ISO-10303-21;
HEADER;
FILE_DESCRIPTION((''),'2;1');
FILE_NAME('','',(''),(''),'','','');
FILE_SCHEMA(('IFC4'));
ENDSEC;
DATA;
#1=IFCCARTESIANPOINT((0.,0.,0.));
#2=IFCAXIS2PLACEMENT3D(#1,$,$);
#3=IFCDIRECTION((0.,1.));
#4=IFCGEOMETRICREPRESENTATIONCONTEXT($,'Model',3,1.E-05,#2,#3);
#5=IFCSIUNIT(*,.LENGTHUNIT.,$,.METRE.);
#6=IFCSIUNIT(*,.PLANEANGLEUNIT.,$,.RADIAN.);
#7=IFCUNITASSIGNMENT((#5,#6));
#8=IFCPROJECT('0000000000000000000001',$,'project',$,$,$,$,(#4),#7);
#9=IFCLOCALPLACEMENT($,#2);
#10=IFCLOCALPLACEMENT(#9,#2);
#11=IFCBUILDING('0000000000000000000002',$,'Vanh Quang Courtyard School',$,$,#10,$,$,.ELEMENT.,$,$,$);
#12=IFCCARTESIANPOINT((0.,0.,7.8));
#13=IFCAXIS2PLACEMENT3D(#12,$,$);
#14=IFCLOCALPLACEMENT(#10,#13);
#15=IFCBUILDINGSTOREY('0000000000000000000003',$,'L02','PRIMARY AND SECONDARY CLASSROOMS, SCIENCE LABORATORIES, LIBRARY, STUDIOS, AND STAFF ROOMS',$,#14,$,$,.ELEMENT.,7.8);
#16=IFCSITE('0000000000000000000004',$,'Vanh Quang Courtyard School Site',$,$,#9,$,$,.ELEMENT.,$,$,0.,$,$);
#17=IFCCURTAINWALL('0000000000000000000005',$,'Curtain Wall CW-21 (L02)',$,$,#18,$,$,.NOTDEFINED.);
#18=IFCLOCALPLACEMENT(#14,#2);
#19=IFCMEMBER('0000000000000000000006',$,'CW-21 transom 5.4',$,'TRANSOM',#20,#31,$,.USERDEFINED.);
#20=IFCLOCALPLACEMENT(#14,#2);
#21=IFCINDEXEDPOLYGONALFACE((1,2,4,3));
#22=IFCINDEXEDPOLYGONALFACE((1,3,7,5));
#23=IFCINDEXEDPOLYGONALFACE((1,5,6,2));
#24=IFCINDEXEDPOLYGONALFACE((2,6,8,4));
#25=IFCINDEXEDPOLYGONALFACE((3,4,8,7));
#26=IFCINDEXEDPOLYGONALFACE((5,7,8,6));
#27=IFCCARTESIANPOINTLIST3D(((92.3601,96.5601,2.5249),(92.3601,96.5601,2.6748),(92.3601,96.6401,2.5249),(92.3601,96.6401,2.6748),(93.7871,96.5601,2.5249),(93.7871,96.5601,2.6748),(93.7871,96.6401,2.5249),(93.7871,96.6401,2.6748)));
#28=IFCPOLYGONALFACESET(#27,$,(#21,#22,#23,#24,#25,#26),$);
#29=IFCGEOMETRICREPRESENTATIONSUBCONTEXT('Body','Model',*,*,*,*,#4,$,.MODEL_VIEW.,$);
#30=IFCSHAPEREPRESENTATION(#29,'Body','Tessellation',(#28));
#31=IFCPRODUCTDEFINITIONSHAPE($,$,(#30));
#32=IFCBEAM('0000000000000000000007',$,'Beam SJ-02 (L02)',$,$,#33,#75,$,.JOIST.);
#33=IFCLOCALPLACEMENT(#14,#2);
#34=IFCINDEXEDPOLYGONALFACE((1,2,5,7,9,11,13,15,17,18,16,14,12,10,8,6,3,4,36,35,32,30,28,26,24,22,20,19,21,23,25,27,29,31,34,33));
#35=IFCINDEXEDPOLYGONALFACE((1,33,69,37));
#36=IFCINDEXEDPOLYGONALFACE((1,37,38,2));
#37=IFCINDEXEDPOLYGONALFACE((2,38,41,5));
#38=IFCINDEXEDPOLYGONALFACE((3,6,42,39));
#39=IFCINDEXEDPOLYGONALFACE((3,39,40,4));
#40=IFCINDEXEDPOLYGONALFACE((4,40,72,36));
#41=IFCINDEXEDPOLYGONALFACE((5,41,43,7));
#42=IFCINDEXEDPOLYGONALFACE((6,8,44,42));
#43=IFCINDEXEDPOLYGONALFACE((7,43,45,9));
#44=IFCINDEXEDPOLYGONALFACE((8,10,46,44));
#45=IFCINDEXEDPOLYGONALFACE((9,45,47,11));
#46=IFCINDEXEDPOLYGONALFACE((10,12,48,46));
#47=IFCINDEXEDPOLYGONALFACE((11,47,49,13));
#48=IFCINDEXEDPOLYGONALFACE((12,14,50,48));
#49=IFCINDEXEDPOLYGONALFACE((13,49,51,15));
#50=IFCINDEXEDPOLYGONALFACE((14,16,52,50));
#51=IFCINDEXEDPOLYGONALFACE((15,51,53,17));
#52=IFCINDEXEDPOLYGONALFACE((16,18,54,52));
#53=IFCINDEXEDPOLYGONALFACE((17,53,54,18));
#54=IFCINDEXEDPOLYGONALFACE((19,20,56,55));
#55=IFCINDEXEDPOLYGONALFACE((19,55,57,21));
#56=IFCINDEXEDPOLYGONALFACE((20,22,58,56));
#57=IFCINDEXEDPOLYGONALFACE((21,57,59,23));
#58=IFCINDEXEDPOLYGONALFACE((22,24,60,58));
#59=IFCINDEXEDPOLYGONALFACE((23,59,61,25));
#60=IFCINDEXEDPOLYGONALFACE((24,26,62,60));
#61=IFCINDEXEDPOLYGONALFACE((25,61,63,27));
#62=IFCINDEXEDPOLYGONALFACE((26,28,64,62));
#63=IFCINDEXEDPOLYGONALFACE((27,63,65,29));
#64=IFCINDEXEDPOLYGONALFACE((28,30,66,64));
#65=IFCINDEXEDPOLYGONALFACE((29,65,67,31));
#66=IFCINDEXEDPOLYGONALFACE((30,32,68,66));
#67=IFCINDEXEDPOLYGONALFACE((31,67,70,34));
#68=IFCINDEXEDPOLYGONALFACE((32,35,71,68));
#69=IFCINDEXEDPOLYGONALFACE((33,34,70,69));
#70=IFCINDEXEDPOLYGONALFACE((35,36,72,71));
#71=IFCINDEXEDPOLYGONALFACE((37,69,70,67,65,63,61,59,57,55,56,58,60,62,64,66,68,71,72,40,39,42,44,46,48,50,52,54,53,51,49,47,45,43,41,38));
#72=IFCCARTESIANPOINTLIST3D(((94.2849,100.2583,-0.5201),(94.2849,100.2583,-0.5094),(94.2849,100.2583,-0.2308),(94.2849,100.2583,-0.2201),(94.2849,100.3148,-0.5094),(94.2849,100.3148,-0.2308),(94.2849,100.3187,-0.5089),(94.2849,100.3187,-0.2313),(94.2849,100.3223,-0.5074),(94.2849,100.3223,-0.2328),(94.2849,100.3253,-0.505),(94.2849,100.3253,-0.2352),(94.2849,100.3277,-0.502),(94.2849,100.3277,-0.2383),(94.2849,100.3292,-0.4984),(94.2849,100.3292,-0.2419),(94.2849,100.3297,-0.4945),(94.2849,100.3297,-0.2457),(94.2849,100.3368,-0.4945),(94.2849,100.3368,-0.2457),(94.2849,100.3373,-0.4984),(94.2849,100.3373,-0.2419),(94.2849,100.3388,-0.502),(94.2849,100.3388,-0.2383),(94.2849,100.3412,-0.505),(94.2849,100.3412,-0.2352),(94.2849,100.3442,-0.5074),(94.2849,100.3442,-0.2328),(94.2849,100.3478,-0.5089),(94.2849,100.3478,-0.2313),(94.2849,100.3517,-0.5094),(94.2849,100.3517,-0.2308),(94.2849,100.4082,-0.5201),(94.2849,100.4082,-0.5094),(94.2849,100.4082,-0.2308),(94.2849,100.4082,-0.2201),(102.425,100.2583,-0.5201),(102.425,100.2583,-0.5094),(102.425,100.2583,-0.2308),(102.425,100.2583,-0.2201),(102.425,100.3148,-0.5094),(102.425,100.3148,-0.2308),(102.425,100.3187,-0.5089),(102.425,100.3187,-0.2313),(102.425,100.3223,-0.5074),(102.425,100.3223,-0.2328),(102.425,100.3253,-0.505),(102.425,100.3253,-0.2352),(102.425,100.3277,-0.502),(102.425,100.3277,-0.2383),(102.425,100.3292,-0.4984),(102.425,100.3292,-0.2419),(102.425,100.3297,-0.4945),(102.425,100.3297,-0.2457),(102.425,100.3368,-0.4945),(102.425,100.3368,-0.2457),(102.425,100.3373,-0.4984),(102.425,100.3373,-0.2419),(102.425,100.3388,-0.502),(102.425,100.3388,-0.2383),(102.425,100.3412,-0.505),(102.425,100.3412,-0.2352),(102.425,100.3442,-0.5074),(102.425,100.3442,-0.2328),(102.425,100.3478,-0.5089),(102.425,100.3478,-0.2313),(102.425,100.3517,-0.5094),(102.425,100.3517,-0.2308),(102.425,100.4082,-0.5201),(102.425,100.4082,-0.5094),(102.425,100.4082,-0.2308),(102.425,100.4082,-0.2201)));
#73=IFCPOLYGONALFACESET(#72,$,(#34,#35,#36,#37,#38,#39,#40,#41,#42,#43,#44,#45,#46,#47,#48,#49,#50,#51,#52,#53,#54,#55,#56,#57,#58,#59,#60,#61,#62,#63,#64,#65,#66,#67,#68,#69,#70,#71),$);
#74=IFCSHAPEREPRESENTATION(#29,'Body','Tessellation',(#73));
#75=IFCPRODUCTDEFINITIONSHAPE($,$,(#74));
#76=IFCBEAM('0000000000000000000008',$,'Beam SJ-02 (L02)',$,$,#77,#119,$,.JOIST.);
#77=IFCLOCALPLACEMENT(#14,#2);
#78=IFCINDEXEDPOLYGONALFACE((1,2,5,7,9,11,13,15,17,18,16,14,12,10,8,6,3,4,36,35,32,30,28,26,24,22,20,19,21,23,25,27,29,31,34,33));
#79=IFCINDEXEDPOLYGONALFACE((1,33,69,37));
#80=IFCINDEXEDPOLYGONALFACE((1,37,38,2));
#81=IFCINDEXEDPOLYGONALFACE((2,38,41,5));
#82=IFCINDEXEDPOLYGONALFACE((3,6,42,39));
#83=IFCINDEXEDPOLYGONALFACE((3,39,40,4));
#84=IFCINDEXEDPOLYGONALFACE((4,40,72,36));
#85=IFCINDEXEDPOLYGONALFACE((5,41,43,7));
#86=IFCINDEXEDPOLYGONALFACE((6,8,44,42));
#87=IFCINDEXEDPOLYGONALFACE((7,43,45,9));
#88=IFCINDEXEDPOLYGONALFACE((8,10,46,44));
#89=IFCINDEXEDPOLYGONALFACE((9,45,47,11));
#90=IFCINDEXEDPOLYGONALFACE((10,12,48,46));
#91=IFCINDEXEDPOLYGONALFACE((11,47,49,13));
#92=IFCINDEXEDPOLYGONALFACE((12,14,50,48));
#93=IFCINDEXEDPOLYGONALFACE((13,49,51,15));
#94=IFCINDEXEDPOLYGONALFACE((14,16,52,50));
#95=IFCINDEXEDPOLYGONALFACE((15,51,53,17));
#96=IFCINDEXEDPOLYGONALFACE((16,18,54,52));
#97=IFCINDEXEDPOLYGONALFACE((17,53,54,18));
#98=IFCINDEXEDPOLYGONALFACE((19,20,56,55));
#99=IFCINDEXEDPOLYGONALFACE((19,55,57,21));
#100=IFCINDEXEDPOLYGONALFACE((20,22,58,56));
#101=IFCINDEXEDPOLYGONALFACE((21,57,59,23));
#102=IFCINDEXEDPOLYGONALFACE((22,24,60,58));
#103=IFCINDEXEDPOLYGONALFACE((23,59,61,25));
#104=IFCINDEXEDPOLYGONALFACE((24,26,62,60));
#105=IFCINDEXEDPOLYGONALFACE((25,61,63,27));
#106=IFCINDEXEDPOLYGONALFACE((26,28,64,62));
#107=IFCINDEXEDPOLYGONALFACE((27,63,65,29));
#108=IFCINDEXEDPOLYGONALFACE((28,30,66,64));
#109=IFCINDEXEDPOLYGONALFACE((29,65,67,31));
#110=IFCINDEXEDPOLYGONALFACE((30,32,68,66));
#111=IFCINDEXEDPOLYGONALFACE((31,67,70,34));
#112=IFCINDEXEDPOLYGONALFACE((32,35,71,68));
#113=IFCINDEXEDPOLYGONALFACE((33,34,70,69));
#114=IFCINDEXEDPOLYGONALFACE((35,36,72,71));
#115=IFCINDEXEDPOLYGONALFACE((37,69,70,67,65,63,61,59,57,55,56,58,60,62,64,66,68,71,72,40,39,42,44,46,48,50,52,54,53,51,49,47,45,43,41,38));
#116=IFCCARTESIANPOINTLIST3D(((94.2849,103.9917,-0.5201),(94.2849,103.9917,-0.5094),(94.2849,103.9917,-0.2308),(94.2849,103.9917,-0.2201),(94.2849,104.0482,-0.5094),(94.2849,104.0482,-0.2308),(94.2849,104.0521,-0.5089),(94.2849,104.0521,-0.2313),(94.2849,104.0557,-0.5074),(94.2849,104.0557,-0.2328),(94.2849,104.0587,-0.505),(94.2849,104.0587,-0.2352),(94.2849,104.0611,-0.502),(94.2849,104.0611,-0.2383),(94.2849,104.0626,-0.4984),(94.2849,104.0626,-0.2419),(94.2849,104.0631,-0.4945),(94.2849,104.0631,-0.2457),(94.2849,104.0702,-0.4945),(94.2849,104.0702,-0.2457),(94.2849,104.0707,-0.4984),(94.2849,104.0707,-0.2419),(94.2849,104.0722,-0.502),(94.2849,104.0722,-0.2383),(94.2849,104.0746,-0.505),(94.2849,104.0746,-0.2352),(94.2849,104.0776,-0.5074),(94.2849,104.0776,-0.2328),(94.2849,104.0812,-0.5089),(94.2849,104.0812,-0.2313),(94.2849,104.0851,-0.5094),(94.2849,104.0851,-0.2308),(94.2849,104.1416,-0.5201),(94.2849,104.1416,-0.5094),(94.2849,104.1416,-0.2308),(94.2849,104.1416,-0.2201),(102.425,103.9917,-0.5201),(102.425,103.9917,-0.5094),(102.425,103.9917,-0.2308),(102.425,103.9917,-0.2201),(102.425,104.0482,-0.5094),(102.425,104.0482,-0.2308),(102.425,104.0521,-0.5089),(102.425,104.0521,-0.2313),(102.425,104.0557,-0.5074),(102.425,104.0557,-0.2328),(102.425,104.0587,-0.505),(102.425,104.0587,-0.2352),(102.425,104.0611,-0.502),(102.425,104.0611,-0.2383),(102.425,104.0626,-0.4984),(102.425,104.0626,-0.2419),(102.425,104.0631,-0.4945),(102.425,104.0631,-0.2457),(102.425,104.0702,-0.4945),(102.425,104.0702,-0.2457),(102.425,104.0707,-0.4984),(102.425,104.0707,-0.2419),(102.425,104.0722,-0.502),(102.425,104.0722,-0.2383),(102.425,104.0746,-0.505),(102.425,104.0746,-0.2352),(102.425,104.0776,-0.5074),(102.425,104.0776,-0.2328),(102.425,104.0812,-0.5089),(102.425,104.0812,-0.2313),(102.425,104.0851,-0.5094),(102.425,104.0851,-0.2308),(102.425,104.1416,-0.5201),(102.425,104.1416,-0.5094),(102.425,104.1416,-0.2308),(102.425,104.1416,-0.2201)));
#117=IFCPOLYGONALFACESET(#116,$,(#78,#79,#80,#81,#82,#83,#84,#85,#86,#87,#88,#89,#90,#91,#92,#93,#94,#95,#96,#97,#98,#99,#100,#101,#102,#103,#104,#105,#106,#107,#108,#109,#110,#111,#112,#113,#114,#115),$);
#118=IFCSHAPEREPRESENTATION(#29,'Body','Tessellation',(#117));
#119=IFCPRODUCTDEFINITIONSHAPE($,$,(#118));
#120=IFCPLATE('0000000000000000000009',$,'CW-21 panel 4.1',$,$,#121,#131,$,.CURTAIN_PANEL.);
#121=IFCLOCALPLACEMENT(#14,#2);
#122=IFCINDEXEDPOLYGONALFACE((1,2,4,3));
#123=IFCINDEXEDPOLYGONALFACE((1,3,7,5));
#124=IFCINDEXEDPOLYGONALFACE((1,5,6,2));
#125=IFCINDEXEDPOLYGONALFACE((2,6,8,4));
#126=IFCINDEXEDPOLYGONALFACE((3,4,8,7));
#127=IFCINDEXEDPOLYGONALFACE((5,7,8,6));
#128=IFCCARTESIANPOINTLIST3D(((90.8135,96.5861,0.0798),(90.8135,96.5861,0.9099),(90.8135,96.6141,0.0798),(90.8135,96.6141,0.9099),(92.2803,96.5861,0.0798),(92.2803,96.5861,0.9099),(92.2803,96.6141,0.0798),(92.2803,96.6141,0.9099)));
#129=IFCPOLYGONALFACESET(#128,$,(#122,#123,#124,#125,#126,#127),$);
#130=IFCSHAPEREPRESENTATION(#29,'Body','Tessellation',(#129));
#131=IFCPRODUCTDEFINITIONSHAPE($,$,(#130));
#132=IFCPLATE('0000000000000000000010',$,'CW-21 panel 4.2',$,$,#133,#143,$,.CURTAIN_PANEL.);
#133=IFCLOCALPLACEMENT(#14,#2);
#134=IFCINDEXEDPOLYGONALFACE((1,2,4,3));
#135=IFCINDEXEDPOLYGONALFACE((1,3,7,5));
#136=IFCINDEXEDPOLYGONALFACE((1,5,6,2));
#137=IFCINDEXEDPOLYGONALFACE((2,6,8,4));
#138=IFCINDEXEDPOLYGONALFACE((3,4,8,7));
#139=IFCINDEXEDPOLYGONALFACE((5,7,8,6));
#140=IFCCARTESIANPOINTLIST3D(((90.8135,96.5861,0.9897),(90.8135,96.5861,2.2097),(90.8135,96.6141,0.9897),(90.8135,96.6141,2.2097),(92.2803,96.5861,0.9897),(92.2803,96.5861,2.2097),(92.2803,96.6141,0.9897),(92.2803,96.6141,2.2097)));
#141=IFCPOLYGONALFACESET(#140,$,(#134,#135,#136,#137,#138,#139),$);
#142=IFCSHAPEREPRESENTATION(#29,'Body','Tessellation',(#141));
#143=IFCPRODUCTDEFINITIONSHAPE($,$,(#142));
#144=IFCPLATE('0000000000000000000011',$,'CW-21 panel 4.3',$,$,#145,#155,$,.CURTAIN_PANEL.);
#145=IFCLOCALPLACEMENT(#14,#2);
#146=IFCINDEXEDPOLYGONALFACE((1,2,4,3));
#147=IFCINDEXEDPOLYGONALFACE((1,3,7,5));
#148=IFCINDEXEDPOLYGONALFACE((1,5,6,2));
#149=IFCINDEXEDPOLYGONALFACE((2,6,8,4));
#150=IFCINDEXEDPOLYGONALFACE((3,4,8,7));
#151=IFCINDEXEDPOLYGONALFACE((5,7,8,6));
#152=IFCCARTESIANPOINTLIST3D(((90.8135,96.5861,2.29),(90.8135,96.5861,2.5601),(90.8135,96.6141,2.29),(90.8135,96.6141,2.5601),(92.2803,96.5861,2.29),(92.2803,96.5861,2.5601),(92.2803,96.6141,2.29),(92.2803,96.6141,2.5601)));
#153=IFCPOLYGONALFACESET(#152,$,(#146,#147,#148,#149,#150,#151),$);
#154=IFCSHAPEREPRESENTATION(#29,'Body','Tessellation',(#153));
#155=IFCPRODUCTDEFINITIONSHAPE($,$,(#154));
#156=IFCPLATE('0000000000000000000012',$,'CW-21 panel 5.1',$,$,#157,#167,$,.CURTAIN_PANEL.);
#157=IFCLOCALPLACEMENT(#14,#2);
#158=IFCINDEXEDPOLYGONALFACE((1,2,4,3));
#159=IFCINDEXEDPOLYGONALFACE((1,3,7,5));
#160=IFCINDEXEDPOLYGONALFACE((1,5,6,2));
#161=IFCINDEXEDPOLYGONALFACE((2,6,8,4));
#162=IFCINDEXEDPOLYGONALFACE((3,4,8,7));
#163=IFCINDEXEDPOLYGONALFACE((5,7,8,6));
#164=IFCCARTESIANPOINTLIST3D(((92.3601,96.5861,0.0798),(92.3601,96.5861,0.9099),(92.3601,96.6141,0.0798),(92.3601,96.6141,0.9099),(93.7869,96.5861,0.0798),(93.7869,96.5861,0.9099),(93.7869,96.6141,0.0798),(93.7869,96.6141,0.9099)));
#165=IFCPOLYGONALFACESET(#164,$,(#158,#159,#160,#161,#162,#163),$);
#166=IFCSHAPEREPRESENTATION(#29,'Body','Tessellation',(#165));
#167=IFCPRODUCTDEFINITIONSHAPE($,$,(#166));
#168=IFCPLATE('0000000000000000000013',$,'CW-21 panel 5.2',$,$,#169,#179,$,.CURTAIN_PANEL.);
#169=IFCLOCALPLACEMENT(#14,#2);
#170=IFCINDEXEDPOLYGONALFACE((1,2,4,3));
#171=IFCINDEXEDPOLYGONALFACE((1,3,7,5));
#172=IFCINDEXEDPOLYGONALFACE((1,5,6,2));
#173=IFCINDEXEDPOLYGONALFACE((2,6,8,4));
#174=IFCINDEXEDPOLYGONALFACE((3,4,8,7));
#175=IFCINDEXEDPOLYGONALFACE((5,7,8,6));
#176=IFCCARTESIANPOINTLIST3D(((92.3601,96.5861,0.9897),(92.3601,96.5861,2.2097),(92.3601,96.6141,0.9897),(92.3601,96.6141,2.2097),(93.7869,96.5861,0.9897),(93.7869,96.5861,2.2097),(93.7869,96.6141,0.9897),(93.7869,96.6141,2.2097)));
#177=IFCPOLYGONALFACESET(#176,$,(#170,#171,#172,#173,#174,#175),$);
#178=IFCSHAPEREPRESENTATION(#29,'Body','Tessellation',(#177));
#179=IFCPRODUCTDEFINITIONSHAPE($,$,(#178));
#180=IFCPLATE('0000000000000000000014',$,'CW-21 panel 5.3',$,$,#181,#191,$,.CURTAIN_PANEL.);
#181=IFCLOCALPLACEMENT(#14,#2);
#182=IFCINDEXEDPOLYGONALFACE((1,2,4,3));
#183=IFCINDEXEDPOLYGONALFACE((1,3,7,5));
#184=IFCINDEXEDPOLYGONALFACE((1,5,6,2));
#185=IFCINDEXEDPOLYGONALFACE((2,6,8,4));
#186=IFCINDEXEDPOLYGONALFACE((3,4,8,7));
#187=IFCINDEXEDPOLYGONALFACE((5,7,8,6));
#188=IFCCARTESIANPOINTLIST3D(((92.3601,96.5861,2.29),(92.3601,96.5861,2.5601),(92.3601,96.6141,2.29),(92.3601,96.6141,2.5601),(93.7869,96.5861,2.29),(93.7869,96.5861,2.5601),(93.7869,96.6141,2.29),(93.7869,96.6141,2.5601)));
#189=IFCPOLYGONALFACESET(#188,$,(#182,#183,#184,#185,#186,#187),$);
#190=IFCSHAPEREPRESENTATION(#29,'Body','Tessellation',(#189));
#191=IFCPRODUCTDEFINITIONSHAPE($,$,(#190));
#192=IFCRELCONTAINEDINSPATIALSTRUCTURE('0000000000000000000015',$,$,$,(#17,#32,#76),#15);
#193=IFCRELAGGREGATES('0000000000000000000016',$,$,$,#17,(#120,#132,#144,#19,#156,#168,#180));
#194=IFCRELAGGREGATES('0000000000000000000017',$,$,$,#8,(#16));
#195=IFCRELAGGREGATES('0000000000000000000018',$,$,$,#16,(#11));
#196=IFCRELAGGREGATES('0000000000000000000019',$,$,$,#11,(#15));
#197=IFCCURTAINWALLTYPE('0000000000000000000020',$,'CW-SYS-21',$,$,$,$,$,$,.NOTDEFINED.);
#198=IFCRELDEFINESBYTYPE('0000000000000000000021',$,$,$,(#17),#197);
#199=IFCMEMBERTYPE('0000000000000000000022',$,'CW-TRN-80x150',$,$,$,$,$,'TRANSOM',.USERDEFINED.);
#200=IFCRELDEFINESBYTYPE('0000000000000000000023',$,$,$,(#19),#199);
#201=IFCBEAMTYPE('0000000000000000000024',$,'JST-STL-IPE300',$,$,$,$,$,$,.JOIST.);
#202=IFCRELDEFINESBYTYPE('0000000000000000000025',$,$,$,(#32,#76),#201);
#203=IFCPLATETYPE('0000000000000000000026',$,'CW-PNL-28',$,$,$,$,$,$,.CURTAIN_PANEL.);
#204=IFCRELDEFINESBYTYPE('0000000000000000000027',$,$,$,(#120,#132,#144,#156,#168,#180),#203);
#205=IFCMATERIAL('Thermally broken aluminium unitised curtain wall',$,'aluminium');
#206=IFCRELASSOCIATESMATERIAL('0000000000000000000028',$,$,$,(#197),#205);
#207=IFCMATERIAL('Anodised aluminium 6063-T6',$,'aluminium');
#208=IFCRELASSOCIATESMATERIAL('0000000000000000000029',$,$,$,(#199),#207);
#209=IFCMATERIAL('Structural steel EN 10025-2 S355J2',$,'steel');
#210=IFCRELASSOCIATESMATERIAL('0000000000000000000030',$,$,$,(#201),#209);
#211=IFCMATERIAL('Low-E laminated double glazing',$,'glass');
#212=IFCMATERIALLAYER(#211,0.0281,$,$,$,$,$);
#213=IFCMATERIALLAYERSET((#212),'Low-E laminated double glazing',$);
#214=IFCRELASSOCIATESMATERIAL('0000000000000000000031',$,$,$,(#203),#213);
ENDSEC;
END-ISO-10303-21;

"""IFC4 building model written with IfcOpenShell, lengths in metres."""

from ifc_helpers import new_model, si_unit, direction, frame, origin, origin_2d, place, context, subcontext, project, spatial, rectangle, i_section, extrude, material, layer, layer_set, material_profile, profile_set, type_object, element, aggregate, save


model = new_model("IFC4")

# Units and contexts
model_context = context("Model", 3, precision=1e-05, world=origin(), true_north=direction((0.0, 1.0)))
body_context = subcontext(model_context, "Body", "Model", "MODEL_VIEW")
ifc_project = project(units=[si_unit("LENGTHUNIT", "METRE"), si_unit("PLANEANGLEUNIT", "RADIAN")], contexts=[model_context])

# Site, building, storey
site_placement = place(None, origin())
site = spatial("IfcSite", under=ifc_project, at=site_placement, Name="Vanh Quang Courtyard School Site", CompositionType="ELEMENT", RefElevation=0.0)
building_placement = place(site_placement, origin())
building = spatial("IfcBuilding", under=site, at=building_placement, Name="Vanh Quang Courtyard School", CompositionType="ELEMENT")
storey_placement = place(building_placement, frame((0.0, 0.0, 7.8)))
storey = spatial("IfcBuildingStorey", under=building, at=storey_placement, Name="L02", Description="PRIMARY AND SECONDARY CLASSROOMS, SCIENCE LABORATORIES, LIBRARY, STUDIOS, AND STAFF ROOMS", CompositionType="ELEMENT", Elevation=7.8)

# Shared definitions
ifc_material_1 = material(Name="Structural steel EN 10025-2 S355J2", Category="steel")

# Curtain wall, member
ifc_material_2 = material(Name="Thermally broken aluminium unitised curtain wall", Category="aluminium")
curtain_wall_type = type_object("IfcCurtainWallType", Name="CW-SYS-21", PredefinedType="NOTDEFINED", material=ifc_material_2)
curtain_wall_placement = place(storey_placement, origin())
curtain_wall = element("IfcCurtainWall", 1, at=curtain_wall_placement, inside=storey, type_object=curtain_wall_type, Name="Curtain Wall CW-21 (L02)", PredefinedType="NOTDEFINED")
ifc_material_3 = material(Name="Anodised aluminium 6063-T6", Category="aluminium")
ifc_material_profile_1 = material_profile(ifc_material_3, rectangle(XDim=0.0801, YDim=0.1499, at=origin_2d()), Name="ALU-TRN 80x150")
ifc_profile_set_1 = profile_set([ifc_material_profile_1], Name="Anodised aluminium 6063-T6")
member_type_1 = type_object("IfcMemberType", Name="CW-TRN-80x150", ElementType="TRANSOM", PredefinedType="USERDEFINED", material=ifc_profile_set_1)
member_1_placement = place(storey_placement, frame((92.3601, 96.6001, 2.5999), z_axis=(1.0, 0.0, 0.0), x_axis=(0.0, 1.0, 0.0)))
member_1 = element("IfcMember", 2, at=member_1_placement, type_object=member_type_1, Name="CW-21 transom 5.4", ObjectType="TRANSOM", PredefinedType="USERDEFINED", context=body_context, shape_type="SweptSolid", body=[
    extrude(rectangle(XDim=0.0801, YDim=0.1499, at=origin_2d()), origin(), (0.0, 0.0, 1.0), 1.427),
])

# Beams
ifc_material_profile_2 = material_profile(ifc_material_1, i_section(OverallWidth=0.1499, OverallDepth=0.3, WebThickness=0.0071, FlangeThickness=0.0107, FilletRadius=0.0149, at=origin_2d()), Name="IPE 300")
ifc_profile_set_2 = profile_set([ifc_material_profile_2], Name="Structural steel EN 10025-2 S355J2")
beam_type_1 = type_object("IfcBeamType", Name="JST-STL-IPE300", PredefinedType="JOIST", material=ifc_profile_set_2)
for number, where, z_axis, x_axis, name in (
    (3, (94.2849, 100.3333, -0.3701), (1.0, 0.0, 0.0), (0.0, 1.0, 0.0), "Beam SJ-02 (L02)"),
    (4, (94.2849, 104.0667, -0.3701), (1.0, 0.0, 0.0), (0.0, 1.0, 0.0), "Beam SJ-02 (L02)"),
):
    element("IfcBeam", number, at=place(storey_placement, frame(where, z_axis=z_axis, x_axis=x_axis)), inside=storey, type_object=beam_type_1, Name=name, PredefinedType="JOIST", context=body_context, shape_type="SweptSolid", body=[
        extrude(i_section(OverallWidth=0.1499, OverallDepth=0.3, WebThickness=0.0071, FlangeThickness=0.0107, FilletRadius=0.0149, at=origin_2d()), origin(), (0.0, 0.0, 1.0), 8.1401),
    ])

# Plates
ifc_material_4 = material(Name="Low-E laminated double glazing", Category="glass")
ifc_layer_1 = layer(ifc_material_4, 0.0281)
ifc_layer_set_1 = layer_set([ifc_layer_1], Name="Low-E laminated double glazing")
plate_type = type_object("IfcPlateType", Name="CW-PNL-28", PredefinedType="CURTAIN_PANEL", material=ifc_layer_set_1)
plate_1_placement = place(storey_placement, frame((91.5469, 96.6001, 0.0798), z_axis=(0.0, 0.0, 1.0), x_axis=(1.0, 0.0, 0.0)))
plate_1 = element("IfcPlate", 5, at=plate_1_placement, type_object=plate_type, Name="CW-21 panel 4.1", PredefinedType="CURTAIN_PANEL", context=body_context, shape_type="SweptSolid", body=[
    extrude(rectangle(XDim=1.4668, YDim=0.0281, at=origin_2d()), origin(), (0.0, 0.0, 1.0), 0.8301),
])
plate_2_placement = place(storey_placement, frame((91.5469, 96.6001, 0.9897), z_axis=(0.0, 0.0, 1.0), x_axis=(1.0, 0.0, 0.0)))
plate_2 = element("IfcPlate", 6, at=plate_2_placement, type_object=plate_type, Name="CW-21 panel 4.2", PredefinedType="CURTAIN_PANEL", context=body_context, shape_type="SweptSolid", body=[
    extrude(rectangle(XDim=1.4668, YDim=0.0281, at=origin_2d()), origin(), (0.0, 0.0, 1.0), 1.22),
])
plate_3_placement = place(storey_placement, frame((91.5469, 96.6001, 2.29), z_axis=(0.0, 0.0, 1.0), x_axis=(1.0, 0.0, 0.0)))
plate_3 = element("IfcPlate", 7, at=plate_3_placement, type_object=plate_type, Name="CW-21 panel 4.3", PredefinedType="CURTAIN_PANEL", context=body_context, shape_type="SweptSolid", body=[
    extrude(rectangle(XDim=1.4668, YDim=0.0281, at=origin_2d()), origin(), (0.0, 0.0, 1.0), 0.27),
])
plate_4_placement = place(storey_placement, frame((93.0735, 96.6001, 0.0798), z_axis=(0.0, 0.0, 1.0), x_axis=(1.0, 0.0, 0.0)))
plate_4 = element("IfcPlate", 8, at=plate_4_placement, type_object=plate_type, Name="CW-21 panel 5.1", PredefinedType="CURTAIN_PANEL", context=body_context, shape_type="SweptSolid", body=[
    extrude(rectangle(XDim=1.4268, YDim=0.0281, at=origin_2d()), origin(), (0.0, 0.0, 1.0), 0.8301),
])
plate_5_placement = place(storey_placement, frame((93.0735, 96.6001, 0.9897), z_axis=(0.0, 0.0, 1.0), x_axis=(1.0, 0.0, 0.0)))
plate_5 = element("IfcPlate", 9, at=plate_5_placement, type_object=plate_type, Name="CW-21 panel 5.2", PredefinedType="CURTAIN_PANEL", context=body_context, shape_type="SweptSolid", body=[
    extrude(rectangle(XDim=1.4268, YDim=0.0281, at=origin_2d()), origin(), (0.0, 0.0, 1.0), 1.22),
])
plate_6_placement = place(storey_placement, frame((93.0735, 96.6001, 2.29), z_axis=(0.0, 0.0, 1.0), x_axis=(1.0, 0.0, 0.0)))
plate_6 = element("IfcPlate", 10, at=plate_6_placement, type_object=plate_type, Name="CW-21 panel 5.3", PredefinedType="CURTAIN_PANEL", context=body_context, shape_type="SweptSolid", body=[
    extrude(rectangle(XDim=1.4268, YDim=0.0281, at=origin_2d()), origin(), (0.0, 0.0, 1.0), 0.27),
])
aggregate(curtain_wall, [plate_1, plate_2, plate_3, member_1, plate_4, plate_5, plate_6])

save(model, "model.ifc")
